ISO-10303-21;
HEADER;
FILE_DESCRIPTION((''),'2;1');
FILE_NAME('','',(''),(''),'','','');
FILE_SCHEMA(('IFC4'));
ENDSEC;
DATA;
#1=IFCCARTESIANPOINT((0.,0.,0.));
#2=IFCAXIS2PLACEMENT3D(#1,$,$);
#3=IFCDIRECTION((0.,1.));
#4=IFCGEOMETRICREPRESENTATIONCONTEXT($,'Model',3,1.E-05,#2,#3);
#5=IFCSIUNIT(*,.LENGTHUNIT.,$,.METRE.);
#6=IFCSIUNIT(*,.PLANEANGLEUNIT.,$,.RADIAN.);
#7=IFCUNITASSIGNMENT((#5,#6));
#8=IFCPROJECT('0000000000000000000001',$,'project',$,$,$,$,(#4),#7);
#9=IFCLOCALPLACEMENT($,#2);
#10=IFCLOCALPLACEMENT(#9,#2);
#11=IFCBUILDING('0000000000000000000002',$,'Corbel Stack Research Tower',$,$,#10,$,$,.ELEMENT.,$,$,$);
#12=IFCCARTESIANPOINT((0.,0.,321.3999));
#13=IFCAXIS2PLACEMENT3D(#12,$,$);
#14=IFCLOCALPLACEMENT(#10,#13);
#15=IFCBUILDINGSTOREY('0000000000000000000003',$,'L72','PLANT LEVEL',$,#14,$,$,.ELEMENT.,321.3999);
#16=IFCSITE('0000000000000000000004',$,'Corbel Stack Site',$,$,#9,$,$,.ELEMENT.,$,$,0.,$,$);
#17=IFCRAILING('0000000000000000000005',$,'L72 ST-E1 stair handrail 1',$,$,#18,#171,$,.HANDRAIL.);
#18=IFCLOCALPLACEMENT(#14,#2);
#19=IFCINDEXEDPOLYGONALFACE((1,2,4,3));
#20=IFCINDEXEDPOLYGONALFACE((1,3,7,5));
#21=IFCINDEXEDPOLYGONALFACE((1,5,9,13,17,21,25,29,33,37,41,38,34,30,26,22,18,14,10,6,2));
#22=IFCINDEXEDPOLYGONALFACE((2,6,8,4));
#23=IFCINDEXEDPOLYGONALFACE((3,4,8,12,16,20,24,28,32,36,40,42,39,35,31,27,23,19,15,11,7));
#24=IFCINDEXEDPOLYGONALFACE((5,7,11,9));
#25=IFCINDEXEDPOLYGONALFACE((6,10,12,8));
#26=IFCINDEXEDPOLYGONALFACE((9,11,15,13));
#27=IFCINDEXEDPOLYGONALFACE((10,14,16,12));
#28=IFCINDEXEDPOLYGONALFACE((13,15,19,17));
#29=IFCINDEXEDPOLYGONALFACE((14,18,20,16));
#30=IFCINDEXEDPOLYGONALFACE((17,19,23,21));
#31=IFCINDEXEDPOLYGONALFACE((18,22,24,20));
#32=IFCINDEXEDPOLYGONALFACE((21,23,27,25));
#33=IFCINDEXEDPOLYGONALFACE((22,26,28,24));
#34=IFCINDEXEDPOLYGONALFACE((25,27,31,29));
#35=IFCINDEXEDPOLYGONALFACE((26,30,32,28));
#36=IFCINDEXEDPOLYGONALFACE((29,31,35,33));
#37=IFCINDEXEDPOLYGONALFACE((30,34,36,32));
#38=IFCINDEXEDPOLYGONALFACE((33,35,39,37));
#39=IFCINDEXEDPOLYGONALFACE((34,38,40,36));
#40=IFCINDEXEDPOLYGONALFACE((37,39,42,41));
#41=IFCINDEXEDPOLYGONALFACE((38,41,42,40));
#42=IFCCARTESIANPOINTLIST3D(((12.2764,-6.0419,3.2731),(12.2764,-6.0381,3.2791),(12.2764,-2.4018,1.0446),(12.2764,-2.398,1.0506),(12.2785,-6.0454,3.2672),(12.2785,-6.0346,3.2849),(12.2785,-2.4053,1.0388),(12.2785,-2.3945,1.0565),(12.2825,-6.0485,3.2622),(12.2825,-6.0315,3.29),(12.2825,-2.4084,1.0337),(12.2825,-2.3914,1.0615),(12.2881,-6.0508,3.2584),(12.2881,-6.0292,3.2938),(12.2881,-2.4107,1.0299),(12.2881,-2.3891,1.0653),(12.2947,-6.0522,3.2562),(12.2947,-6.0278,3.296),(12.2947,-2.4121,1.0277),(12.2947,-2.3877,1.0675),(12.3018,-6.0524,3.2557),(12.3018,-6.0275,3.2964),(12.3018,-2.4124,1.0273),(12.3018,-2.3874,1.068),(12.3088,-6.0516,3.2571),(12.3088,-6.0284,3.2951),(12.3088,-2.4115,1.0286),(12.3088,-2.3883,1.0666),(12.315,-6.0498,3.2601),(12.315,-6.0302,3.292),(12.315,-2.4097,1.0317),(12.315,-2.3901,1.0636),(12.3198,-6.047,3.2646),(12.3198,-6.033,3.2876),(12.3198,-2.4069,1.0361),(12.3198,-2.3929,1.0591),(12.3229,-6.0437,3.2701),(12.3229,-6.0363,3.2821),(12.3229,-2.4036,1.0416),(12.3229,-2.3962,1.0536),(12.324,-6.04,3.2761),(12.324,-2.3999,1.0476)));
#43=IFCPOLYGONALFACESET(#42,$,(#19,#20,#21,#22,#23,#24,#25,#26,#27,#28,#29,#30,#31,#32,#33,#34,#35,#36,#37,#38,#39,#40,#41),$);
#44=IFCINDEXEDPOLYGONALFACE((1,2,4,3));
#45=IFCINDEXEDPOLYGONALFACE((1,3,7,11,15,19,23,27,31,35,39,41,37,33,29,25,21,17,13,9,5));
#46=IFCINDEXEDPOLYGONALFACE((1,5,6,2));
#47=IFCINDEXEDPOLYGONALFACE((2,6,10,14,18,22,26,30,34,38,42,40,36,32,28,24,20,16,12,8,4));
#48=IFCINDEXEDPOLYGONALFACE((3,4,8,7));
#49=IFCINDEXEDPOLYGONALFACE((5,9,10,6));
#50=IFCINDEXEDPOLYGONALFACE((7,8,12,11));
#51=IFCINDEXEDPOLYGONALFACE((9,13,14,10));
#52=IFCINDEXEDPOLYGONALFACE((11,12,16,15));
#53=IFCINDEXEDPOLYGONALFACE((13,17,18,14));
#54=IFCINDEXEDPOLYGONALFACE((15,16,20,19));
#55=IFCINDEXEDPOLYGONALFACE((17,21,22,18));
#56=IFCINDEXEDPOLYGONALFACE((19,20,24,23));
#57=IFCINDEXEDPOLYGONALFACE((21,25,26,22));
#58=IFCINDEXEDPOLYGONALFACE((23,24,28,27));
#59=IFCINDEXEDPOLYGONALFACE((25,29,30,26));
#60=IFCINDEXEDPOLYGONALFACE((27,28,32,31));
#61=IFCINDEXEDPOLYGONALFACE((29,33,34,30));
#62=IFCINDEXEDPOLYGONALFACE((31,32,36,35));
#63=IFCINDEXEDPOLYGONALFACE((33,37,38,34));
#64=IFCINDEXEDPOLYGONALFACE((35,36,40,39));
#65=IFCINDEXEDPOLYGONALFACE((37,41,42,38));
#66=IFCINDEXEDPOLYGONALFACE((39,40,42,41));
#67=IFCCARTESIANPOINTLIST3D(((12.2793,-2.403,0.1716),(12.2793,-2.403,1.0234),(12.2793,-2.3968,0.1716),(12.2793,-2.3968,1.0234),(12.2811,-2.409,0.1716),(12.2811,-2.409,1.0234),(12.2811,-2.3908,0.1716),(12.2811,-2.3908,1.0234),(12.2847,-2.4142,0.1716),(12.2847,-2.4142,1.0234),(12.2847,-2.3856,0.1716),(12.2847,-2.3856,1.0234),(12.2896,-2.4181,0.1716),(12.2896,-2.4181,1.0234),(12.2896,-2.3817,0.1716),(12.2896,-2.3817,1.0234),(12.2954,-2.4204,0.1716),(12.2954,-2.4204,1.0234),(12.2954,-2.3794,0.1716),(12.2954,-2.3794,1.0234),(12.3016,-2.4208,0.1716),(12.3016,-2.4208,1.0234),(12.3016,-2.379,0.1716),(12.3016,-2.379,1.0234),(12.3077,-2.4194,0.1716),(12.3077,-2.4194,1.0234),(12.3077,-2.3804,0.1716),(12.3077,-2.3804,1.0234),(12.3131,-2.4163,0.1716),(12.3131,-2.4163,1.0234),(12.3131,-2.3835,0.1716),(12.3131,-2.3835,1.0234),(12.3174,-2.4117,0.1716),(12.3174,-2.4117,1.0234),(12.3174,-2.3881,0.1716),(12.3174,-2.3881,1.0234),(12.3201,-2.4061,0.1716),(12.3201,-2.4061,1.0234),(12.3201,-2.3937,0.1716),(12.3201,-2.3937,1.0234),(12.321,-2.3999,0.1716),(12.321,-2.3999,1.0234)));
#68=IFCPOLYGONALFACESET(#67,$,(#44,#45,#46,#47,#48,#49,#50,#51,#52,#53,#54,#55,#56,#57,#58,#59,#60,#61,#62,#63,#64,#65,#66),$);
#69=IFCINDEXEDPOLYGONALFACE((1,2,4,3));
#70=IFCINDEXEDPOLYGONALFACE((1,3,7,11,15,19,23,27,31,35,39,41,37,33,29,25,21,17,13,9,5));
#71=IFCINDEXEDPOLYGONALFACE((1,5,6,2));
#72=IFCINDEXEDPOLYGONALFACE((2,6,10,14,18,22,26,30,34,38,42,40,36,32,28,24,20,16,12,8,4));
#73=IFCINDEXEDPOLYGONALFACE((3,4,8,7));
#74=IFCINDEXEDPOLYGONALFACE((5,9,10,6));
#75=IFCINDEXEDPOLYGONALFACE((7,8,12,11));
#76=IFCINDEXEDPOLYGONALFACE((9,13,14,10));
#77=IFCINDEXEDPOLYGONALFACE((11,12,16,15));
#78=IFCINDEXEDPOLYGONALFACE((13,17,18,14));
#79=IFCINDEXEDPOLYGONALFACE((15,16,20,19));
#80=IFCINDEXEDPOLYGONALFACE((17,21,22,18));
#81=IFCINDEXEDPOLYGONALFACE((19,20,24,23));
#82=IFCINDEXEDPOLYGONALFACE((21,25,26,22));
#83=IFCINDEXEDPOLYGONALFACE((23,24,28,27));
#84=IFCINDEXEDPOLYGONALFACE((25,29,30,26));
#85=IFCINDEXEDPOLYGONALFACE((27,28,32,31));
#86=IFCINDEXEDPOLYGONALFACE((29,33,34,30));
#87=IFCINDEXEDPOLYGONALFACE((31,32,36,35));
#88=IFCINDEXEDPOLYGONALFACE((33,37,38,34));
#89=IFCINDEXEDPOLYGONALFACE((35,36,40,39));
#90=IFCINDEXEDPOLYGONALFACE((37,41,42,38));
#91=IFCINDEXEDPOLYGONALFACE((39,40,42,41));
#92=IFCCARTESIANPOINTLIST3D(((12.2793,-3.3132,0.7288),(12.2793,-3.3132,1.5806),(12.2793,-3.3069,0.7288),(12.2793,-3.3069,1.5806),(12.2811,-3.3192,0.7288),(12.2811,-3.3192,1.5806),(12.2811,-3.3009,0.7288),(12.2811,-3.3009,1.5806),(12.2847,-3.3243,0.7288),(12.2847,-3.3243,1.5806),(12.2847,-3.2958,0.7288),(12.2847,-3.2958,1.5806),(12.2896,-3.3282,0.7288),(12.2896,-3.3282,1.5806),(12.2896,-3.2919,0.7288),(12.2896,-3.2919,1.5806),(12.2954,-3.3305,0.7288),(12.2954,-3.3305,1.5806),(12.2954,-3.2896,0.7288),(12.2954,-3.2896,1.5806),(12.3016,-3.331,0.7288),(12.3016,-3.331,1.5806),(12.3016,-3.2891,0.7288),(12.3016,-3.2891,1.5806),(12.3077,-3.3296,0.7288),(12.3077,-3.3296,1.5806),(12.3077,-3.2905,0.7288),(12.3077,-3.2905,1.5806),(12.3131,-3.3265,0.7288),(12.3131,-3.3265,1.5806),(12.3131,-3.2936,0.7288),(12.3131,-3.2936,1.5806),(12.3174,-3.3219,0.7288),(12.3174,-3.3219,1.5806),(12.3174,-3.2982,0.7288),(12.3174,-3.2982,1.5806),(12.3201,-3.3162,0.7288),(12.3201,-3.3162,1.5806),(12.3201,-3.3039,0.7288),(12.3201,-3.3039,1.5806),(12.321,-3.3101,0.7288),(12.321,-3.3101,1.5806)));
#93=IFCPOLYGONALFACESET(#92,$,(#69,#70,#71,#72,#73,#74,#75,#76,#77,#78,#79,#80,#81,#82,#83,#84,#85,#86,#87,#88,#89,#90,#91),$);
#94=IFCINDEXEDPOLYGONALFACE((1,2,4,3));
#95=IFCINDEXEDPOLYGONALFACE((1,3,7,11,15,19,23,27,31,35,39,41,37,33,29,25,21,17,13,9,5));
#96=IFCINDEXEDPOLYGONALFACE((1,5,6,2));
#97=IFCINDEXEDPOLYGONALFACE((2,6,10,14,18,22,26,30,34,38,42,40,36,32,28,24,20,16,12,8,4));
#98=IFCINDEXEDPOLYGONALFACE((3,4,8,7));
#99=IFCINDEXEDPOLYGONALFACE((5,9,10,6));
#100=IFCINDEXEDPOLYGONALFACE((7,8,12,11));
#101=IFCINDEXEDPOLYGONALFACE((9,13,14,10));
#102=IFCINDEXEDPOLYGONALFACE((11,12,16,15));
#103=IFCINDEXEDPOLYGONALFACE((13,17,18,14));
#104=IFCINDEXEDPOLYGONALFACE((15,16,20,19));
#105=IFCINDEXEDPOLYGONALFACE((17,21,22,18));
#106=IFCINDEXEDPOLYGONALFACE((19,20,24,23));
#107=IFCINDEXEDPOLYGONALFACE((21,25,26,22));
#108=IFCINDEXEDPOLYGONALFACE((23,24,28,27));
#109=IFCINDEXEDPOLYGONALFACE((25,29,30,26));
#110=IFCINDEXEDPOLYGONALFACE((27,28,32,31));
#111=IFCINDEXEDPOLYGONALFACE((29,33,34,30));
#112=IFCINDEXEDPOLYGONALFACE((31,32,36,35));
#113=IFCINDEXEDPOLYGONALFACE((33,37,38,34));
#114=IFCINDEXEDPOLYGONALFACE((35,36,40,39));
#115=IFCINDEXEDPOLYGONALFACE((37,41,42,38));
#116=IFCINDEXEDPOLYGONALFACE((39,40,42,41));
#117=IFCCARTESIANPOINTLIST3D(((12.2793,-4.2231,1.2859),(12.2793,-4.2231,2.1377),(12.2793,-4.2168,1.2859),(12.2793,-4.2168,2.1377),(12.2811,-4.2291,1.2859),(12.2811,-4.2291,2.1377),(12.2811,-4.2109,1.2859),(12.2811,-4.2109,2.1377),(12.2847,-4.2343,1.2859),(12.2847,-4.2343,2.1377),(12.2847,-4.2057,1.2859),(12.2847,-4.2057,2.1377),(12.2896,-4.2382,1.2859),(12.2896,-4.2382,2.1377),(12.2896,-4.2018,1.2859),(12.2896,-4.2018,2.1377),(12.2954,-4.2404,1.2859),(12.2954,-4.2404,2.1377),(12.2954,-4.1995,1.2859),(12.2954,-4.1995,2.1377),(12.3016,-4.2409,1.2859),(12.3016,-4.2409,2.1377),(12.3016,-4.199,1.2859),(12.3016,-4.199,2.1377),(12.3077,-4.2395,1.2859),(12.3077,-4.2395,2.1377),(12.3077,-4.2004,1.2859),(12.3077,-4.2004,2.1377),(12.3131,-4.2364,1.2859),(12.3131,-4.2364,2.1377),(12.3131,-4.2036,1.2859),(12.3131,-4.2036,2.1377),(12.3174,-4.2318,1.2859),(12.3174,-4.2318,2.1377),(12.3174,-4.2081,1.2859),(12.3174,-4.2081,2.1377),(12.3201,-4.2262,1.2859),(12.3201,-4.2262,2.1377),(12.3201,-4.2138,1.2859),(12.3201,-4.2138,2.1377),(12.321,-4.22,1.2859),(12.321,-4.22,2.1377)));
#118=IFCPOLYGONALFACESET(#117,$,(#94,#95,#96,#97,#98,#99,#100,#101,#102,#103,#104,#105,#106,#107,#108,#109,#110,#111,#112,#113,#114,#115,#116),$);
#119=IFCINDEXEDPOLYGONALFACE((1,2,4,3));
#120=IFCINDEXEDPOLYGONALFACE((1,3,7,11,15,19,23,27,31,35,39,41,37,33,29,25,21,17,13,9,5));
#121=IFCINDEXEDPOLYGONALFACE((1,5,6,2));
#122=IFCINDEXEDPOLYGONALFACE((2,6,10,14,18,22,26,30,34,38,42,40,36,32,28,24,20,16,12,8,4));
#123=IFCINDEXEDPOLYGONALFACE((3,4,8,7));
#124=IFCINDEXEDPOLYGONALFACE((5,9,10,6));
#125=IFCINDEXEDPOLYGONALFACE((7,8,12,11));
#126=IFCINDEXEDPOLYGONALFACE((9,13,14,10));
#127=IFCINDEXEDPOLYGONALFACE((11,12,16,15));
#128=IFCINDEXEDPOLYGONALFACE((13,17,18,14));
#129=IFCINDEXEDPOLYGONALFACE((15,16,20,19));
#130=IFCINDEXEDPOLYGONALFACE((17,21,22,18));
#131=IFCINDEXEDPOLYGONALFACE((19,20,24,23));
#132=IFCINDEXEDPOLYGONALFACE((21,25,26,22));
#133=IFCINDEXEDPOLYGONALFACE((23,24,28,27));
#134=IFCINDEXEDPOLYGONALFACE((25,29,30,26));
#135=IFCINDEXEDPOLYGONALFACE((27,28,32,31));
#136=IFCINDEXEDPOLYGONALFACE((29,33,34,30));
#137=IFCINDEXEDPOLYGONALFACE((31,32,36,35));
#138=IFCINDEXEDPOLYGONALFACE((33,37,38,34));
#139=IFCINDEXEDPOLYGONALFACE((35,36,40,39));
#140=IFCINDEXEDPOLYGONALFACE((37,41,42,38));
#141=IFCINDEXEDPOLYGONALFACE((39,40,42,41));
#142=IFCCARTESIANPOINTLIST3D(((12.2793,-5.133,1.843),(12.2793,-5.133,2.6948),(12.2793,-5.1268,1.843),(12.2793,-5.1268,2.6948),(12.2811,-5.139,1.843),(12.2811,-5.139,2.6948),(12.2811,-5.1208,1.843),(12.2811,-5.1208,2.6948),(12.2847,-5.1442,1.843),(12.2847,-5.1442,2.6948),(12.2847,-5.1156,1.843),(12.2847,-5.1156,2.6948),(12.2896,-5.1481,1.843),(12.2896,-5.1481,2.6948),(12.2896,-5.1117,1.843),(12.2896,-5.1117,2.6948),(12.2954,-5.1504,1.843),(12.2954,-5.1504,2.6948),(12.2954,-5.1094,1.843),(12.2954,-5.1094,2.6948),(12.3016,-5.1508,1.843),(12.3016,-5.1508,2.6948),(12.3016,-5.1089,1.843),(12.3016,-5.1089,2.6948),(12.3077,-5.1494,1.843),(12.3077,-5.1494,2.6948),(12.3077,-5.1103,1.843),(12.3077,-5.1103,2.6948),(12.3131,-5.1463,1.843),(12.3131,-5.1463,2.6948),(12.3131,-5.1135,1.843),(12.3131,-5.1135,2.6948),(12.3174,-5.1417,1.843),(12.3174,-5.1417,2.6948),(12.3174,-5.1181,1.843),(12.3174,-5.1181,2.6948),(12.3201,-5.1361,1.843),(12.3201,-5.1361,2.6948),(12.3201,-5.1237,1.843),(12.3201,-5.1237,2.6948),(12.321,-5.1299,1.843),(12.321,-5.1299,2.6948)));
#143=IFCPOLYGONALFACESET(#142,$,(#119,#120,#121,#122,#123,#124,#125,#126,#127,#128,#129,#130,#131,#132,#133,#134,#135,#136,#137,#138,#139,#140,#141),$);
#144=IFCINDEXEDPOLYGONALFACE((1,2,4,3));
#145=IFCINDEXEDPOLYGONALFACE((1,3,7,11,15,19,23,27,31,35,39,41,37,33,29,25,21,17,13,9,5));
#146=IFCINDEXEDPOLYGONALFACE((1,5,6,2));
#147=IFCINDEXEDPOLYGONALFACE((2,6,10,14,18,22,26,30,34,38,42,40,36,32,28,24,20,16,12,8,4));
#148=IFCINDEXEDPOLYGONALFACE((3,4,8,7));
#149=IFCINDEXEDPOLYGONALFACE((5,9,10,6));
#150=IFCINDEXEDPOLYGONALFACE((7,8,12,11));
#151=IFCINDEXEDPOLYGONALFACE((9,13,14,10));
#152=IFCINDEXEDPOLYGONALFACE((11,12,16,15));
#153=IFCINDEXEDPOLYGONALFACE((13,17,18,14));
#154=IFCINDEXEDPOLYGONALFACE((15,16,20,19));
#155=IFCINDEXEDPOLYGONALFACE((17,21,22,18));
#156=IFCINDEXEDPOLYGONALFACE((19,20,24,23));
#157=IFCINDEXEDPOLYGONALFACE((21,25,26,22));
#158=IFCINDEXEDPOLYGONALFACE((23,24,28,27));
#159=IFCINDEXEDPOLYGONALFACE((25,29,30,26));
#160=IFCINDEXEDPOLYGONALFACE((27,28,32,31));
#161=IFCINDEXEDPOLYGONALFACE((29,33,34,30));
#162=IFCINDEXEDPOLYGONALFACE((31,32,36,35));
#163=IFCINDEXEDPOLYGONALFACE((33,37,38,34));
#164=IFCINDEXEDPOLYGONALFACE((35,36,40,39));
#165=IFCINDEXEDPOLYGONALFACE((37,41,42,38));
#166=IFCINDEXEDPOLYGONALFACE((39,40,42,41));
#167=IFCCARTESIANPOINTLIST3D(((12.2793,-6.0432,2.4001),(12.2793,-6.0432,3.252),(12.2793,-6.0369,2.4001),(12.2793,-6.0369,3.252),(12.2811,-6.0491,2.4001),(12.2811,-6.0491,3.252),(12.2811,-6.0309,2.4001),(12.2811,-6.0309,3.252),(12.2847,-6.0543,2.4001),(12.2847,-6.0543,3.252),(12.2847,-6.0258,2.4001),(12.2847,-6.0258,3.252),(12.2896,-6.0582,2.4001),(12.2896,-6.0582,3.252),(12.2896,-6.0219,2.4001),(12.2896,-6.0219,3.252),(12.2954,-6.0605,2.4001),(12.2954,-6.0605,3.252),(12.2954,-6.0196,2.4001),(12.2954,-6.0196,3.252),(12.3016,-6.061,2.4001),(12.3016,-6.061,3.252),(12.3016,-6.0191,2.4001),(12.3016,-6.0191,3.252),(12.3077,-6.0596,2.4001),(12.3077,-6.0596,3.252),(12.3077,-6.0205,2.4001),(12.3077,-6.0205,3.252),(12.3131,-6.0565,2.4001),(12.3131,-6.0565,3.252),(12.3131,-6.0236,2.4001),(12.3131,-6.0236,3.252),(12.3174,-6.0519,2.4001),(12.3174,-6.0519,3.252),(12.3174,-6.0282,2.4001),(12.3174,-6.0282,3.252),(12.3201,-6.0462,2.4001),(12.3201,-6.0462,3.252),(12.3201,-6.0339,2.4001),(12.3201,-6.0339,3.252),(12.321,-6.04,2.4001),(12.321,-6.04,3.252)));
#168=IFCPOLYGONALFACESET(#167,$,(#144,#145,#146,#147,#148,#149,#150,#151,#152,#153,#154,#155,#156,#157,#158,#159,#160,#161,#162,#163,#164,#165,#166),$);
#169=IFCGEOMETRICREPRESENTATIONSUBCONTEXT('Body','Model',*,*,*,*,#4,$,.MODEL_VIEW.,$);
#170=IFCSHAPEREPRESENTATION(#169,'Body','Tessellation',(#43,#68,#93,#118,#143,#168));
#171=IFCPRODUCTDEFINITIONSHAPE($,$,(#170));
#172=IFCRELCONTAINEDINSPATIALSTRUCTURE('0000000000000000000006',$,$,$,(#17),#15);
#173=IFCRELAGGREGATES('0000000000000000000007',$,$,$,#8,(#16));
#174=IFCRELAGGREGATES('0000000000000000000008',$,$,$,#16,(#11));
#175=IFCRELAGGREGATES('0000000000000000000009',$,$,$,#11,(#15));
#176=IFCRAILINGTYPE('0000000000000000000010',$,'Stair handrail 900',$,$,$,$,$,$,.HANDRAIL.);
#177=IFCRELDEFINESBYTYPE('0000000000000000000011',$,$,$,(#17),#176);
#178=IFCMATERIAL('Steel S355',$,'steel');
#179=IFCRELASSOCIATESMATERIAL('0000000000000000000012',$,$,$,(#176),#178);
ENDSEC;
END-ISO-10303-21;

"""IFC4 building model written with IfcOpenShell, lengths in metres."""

from ifc_helpers import new_model, si_unit, direction, frame, origin, origin_2d, place, context, subcontext, project, spatial, circle, extrude, material, type_object, element, save


model = new_model("IFC4")

# Units and contexts
model_context = context("Model", 3, precision=1e-05, world=origin(), true_north=direction((0.0, 1.0)))
body_context = subcontext(model_context, "Body", "Model", "MODEL_VIEW")
ifc_project = project(units=[si_unit("LENGTHUNIT", "METRE"), si_unit("PLANEANGLEUNIT", "RADIAN")], contexts=[model_context])

# Site, building, storey
site_placement = place(None, origin())
site = spatial("IfcSite", under=ifc_project, at=site_placement, Name="Corbel Stack Site", CompositionType="ELEMENT", RefElevation=0.0)
building_placement = place(site_placement, origin())
building = spatial("IfcBuilding", under=site, at=building_placement, Name="Corbel Stack Research Tower", CompositionType="ELEMENT")
storey_placement = place(building_placement, frame((0.0, 0.0, 321.3999)))
storey = spatial("IfcBuildingStorey", under=building, at=storey_placement, Name="L72", Description="PLANT LEVEL", CompositionType="ELEMENT", Elevation=321.3999)

# Railing
ifc_material_1 = material(Name="Steel S355", Category="steel")
railing_type_1 = type_object("IfcRailingType", Name="Stair handrail 900", PredefinedType="HANDRAIL", material=ifc_material_1)
railing_1_placement = place(storey_placement, frame((12.3, -2.3999, 0.1716)))
element("IfcRailing", 1, at=railing_1_placement, inside=storey, type_object=railing_type_1, Name="L72 ST-E1 stair handrail 1", PredefinedType="HANDRAIL", context=body_context, shape_type="SweptSolid", body=[
    extrude(circle(Radius=0.0239, at=origin_2d()), frame((0.0, 0.0, 0.876), z_axis=(0.0, -0.852866, 0.52213), x_axis=(1.0, 0.0, 0.0)), (0.0, 0.0, 1.0), 4.2681),
    extrude(circle(Radius=0.021, at=origin_2d()), origin(), (0.0, 0.0, 1.0), 0.8518),
    extrude(circle(Radius=0.021, at=origin_2d()), frame((0.0, -0.9102, 0.5571)), (0.0, 0.0, 1.0), 0.8518),
    extrude(circle(Radius=0.021, at=origin_2d()), frame((0.0, -1.8201, 1.1143)), (0.0, 0.0, 1.0), 0.8518),
    extrude(circle(Radius=0.021, at=origin_2d()), frame((0.0, -2.73, 1.6714)), (0.0, 0.0, 1.0), 0.8518),
    extrude(circle(Radius=0.021, at=origin_2d()), frame((0.0, -3.6401, 2.2285)), (0.0, 0.0, 1.0), 0.8518),
])

save(model, "model.ifc")
